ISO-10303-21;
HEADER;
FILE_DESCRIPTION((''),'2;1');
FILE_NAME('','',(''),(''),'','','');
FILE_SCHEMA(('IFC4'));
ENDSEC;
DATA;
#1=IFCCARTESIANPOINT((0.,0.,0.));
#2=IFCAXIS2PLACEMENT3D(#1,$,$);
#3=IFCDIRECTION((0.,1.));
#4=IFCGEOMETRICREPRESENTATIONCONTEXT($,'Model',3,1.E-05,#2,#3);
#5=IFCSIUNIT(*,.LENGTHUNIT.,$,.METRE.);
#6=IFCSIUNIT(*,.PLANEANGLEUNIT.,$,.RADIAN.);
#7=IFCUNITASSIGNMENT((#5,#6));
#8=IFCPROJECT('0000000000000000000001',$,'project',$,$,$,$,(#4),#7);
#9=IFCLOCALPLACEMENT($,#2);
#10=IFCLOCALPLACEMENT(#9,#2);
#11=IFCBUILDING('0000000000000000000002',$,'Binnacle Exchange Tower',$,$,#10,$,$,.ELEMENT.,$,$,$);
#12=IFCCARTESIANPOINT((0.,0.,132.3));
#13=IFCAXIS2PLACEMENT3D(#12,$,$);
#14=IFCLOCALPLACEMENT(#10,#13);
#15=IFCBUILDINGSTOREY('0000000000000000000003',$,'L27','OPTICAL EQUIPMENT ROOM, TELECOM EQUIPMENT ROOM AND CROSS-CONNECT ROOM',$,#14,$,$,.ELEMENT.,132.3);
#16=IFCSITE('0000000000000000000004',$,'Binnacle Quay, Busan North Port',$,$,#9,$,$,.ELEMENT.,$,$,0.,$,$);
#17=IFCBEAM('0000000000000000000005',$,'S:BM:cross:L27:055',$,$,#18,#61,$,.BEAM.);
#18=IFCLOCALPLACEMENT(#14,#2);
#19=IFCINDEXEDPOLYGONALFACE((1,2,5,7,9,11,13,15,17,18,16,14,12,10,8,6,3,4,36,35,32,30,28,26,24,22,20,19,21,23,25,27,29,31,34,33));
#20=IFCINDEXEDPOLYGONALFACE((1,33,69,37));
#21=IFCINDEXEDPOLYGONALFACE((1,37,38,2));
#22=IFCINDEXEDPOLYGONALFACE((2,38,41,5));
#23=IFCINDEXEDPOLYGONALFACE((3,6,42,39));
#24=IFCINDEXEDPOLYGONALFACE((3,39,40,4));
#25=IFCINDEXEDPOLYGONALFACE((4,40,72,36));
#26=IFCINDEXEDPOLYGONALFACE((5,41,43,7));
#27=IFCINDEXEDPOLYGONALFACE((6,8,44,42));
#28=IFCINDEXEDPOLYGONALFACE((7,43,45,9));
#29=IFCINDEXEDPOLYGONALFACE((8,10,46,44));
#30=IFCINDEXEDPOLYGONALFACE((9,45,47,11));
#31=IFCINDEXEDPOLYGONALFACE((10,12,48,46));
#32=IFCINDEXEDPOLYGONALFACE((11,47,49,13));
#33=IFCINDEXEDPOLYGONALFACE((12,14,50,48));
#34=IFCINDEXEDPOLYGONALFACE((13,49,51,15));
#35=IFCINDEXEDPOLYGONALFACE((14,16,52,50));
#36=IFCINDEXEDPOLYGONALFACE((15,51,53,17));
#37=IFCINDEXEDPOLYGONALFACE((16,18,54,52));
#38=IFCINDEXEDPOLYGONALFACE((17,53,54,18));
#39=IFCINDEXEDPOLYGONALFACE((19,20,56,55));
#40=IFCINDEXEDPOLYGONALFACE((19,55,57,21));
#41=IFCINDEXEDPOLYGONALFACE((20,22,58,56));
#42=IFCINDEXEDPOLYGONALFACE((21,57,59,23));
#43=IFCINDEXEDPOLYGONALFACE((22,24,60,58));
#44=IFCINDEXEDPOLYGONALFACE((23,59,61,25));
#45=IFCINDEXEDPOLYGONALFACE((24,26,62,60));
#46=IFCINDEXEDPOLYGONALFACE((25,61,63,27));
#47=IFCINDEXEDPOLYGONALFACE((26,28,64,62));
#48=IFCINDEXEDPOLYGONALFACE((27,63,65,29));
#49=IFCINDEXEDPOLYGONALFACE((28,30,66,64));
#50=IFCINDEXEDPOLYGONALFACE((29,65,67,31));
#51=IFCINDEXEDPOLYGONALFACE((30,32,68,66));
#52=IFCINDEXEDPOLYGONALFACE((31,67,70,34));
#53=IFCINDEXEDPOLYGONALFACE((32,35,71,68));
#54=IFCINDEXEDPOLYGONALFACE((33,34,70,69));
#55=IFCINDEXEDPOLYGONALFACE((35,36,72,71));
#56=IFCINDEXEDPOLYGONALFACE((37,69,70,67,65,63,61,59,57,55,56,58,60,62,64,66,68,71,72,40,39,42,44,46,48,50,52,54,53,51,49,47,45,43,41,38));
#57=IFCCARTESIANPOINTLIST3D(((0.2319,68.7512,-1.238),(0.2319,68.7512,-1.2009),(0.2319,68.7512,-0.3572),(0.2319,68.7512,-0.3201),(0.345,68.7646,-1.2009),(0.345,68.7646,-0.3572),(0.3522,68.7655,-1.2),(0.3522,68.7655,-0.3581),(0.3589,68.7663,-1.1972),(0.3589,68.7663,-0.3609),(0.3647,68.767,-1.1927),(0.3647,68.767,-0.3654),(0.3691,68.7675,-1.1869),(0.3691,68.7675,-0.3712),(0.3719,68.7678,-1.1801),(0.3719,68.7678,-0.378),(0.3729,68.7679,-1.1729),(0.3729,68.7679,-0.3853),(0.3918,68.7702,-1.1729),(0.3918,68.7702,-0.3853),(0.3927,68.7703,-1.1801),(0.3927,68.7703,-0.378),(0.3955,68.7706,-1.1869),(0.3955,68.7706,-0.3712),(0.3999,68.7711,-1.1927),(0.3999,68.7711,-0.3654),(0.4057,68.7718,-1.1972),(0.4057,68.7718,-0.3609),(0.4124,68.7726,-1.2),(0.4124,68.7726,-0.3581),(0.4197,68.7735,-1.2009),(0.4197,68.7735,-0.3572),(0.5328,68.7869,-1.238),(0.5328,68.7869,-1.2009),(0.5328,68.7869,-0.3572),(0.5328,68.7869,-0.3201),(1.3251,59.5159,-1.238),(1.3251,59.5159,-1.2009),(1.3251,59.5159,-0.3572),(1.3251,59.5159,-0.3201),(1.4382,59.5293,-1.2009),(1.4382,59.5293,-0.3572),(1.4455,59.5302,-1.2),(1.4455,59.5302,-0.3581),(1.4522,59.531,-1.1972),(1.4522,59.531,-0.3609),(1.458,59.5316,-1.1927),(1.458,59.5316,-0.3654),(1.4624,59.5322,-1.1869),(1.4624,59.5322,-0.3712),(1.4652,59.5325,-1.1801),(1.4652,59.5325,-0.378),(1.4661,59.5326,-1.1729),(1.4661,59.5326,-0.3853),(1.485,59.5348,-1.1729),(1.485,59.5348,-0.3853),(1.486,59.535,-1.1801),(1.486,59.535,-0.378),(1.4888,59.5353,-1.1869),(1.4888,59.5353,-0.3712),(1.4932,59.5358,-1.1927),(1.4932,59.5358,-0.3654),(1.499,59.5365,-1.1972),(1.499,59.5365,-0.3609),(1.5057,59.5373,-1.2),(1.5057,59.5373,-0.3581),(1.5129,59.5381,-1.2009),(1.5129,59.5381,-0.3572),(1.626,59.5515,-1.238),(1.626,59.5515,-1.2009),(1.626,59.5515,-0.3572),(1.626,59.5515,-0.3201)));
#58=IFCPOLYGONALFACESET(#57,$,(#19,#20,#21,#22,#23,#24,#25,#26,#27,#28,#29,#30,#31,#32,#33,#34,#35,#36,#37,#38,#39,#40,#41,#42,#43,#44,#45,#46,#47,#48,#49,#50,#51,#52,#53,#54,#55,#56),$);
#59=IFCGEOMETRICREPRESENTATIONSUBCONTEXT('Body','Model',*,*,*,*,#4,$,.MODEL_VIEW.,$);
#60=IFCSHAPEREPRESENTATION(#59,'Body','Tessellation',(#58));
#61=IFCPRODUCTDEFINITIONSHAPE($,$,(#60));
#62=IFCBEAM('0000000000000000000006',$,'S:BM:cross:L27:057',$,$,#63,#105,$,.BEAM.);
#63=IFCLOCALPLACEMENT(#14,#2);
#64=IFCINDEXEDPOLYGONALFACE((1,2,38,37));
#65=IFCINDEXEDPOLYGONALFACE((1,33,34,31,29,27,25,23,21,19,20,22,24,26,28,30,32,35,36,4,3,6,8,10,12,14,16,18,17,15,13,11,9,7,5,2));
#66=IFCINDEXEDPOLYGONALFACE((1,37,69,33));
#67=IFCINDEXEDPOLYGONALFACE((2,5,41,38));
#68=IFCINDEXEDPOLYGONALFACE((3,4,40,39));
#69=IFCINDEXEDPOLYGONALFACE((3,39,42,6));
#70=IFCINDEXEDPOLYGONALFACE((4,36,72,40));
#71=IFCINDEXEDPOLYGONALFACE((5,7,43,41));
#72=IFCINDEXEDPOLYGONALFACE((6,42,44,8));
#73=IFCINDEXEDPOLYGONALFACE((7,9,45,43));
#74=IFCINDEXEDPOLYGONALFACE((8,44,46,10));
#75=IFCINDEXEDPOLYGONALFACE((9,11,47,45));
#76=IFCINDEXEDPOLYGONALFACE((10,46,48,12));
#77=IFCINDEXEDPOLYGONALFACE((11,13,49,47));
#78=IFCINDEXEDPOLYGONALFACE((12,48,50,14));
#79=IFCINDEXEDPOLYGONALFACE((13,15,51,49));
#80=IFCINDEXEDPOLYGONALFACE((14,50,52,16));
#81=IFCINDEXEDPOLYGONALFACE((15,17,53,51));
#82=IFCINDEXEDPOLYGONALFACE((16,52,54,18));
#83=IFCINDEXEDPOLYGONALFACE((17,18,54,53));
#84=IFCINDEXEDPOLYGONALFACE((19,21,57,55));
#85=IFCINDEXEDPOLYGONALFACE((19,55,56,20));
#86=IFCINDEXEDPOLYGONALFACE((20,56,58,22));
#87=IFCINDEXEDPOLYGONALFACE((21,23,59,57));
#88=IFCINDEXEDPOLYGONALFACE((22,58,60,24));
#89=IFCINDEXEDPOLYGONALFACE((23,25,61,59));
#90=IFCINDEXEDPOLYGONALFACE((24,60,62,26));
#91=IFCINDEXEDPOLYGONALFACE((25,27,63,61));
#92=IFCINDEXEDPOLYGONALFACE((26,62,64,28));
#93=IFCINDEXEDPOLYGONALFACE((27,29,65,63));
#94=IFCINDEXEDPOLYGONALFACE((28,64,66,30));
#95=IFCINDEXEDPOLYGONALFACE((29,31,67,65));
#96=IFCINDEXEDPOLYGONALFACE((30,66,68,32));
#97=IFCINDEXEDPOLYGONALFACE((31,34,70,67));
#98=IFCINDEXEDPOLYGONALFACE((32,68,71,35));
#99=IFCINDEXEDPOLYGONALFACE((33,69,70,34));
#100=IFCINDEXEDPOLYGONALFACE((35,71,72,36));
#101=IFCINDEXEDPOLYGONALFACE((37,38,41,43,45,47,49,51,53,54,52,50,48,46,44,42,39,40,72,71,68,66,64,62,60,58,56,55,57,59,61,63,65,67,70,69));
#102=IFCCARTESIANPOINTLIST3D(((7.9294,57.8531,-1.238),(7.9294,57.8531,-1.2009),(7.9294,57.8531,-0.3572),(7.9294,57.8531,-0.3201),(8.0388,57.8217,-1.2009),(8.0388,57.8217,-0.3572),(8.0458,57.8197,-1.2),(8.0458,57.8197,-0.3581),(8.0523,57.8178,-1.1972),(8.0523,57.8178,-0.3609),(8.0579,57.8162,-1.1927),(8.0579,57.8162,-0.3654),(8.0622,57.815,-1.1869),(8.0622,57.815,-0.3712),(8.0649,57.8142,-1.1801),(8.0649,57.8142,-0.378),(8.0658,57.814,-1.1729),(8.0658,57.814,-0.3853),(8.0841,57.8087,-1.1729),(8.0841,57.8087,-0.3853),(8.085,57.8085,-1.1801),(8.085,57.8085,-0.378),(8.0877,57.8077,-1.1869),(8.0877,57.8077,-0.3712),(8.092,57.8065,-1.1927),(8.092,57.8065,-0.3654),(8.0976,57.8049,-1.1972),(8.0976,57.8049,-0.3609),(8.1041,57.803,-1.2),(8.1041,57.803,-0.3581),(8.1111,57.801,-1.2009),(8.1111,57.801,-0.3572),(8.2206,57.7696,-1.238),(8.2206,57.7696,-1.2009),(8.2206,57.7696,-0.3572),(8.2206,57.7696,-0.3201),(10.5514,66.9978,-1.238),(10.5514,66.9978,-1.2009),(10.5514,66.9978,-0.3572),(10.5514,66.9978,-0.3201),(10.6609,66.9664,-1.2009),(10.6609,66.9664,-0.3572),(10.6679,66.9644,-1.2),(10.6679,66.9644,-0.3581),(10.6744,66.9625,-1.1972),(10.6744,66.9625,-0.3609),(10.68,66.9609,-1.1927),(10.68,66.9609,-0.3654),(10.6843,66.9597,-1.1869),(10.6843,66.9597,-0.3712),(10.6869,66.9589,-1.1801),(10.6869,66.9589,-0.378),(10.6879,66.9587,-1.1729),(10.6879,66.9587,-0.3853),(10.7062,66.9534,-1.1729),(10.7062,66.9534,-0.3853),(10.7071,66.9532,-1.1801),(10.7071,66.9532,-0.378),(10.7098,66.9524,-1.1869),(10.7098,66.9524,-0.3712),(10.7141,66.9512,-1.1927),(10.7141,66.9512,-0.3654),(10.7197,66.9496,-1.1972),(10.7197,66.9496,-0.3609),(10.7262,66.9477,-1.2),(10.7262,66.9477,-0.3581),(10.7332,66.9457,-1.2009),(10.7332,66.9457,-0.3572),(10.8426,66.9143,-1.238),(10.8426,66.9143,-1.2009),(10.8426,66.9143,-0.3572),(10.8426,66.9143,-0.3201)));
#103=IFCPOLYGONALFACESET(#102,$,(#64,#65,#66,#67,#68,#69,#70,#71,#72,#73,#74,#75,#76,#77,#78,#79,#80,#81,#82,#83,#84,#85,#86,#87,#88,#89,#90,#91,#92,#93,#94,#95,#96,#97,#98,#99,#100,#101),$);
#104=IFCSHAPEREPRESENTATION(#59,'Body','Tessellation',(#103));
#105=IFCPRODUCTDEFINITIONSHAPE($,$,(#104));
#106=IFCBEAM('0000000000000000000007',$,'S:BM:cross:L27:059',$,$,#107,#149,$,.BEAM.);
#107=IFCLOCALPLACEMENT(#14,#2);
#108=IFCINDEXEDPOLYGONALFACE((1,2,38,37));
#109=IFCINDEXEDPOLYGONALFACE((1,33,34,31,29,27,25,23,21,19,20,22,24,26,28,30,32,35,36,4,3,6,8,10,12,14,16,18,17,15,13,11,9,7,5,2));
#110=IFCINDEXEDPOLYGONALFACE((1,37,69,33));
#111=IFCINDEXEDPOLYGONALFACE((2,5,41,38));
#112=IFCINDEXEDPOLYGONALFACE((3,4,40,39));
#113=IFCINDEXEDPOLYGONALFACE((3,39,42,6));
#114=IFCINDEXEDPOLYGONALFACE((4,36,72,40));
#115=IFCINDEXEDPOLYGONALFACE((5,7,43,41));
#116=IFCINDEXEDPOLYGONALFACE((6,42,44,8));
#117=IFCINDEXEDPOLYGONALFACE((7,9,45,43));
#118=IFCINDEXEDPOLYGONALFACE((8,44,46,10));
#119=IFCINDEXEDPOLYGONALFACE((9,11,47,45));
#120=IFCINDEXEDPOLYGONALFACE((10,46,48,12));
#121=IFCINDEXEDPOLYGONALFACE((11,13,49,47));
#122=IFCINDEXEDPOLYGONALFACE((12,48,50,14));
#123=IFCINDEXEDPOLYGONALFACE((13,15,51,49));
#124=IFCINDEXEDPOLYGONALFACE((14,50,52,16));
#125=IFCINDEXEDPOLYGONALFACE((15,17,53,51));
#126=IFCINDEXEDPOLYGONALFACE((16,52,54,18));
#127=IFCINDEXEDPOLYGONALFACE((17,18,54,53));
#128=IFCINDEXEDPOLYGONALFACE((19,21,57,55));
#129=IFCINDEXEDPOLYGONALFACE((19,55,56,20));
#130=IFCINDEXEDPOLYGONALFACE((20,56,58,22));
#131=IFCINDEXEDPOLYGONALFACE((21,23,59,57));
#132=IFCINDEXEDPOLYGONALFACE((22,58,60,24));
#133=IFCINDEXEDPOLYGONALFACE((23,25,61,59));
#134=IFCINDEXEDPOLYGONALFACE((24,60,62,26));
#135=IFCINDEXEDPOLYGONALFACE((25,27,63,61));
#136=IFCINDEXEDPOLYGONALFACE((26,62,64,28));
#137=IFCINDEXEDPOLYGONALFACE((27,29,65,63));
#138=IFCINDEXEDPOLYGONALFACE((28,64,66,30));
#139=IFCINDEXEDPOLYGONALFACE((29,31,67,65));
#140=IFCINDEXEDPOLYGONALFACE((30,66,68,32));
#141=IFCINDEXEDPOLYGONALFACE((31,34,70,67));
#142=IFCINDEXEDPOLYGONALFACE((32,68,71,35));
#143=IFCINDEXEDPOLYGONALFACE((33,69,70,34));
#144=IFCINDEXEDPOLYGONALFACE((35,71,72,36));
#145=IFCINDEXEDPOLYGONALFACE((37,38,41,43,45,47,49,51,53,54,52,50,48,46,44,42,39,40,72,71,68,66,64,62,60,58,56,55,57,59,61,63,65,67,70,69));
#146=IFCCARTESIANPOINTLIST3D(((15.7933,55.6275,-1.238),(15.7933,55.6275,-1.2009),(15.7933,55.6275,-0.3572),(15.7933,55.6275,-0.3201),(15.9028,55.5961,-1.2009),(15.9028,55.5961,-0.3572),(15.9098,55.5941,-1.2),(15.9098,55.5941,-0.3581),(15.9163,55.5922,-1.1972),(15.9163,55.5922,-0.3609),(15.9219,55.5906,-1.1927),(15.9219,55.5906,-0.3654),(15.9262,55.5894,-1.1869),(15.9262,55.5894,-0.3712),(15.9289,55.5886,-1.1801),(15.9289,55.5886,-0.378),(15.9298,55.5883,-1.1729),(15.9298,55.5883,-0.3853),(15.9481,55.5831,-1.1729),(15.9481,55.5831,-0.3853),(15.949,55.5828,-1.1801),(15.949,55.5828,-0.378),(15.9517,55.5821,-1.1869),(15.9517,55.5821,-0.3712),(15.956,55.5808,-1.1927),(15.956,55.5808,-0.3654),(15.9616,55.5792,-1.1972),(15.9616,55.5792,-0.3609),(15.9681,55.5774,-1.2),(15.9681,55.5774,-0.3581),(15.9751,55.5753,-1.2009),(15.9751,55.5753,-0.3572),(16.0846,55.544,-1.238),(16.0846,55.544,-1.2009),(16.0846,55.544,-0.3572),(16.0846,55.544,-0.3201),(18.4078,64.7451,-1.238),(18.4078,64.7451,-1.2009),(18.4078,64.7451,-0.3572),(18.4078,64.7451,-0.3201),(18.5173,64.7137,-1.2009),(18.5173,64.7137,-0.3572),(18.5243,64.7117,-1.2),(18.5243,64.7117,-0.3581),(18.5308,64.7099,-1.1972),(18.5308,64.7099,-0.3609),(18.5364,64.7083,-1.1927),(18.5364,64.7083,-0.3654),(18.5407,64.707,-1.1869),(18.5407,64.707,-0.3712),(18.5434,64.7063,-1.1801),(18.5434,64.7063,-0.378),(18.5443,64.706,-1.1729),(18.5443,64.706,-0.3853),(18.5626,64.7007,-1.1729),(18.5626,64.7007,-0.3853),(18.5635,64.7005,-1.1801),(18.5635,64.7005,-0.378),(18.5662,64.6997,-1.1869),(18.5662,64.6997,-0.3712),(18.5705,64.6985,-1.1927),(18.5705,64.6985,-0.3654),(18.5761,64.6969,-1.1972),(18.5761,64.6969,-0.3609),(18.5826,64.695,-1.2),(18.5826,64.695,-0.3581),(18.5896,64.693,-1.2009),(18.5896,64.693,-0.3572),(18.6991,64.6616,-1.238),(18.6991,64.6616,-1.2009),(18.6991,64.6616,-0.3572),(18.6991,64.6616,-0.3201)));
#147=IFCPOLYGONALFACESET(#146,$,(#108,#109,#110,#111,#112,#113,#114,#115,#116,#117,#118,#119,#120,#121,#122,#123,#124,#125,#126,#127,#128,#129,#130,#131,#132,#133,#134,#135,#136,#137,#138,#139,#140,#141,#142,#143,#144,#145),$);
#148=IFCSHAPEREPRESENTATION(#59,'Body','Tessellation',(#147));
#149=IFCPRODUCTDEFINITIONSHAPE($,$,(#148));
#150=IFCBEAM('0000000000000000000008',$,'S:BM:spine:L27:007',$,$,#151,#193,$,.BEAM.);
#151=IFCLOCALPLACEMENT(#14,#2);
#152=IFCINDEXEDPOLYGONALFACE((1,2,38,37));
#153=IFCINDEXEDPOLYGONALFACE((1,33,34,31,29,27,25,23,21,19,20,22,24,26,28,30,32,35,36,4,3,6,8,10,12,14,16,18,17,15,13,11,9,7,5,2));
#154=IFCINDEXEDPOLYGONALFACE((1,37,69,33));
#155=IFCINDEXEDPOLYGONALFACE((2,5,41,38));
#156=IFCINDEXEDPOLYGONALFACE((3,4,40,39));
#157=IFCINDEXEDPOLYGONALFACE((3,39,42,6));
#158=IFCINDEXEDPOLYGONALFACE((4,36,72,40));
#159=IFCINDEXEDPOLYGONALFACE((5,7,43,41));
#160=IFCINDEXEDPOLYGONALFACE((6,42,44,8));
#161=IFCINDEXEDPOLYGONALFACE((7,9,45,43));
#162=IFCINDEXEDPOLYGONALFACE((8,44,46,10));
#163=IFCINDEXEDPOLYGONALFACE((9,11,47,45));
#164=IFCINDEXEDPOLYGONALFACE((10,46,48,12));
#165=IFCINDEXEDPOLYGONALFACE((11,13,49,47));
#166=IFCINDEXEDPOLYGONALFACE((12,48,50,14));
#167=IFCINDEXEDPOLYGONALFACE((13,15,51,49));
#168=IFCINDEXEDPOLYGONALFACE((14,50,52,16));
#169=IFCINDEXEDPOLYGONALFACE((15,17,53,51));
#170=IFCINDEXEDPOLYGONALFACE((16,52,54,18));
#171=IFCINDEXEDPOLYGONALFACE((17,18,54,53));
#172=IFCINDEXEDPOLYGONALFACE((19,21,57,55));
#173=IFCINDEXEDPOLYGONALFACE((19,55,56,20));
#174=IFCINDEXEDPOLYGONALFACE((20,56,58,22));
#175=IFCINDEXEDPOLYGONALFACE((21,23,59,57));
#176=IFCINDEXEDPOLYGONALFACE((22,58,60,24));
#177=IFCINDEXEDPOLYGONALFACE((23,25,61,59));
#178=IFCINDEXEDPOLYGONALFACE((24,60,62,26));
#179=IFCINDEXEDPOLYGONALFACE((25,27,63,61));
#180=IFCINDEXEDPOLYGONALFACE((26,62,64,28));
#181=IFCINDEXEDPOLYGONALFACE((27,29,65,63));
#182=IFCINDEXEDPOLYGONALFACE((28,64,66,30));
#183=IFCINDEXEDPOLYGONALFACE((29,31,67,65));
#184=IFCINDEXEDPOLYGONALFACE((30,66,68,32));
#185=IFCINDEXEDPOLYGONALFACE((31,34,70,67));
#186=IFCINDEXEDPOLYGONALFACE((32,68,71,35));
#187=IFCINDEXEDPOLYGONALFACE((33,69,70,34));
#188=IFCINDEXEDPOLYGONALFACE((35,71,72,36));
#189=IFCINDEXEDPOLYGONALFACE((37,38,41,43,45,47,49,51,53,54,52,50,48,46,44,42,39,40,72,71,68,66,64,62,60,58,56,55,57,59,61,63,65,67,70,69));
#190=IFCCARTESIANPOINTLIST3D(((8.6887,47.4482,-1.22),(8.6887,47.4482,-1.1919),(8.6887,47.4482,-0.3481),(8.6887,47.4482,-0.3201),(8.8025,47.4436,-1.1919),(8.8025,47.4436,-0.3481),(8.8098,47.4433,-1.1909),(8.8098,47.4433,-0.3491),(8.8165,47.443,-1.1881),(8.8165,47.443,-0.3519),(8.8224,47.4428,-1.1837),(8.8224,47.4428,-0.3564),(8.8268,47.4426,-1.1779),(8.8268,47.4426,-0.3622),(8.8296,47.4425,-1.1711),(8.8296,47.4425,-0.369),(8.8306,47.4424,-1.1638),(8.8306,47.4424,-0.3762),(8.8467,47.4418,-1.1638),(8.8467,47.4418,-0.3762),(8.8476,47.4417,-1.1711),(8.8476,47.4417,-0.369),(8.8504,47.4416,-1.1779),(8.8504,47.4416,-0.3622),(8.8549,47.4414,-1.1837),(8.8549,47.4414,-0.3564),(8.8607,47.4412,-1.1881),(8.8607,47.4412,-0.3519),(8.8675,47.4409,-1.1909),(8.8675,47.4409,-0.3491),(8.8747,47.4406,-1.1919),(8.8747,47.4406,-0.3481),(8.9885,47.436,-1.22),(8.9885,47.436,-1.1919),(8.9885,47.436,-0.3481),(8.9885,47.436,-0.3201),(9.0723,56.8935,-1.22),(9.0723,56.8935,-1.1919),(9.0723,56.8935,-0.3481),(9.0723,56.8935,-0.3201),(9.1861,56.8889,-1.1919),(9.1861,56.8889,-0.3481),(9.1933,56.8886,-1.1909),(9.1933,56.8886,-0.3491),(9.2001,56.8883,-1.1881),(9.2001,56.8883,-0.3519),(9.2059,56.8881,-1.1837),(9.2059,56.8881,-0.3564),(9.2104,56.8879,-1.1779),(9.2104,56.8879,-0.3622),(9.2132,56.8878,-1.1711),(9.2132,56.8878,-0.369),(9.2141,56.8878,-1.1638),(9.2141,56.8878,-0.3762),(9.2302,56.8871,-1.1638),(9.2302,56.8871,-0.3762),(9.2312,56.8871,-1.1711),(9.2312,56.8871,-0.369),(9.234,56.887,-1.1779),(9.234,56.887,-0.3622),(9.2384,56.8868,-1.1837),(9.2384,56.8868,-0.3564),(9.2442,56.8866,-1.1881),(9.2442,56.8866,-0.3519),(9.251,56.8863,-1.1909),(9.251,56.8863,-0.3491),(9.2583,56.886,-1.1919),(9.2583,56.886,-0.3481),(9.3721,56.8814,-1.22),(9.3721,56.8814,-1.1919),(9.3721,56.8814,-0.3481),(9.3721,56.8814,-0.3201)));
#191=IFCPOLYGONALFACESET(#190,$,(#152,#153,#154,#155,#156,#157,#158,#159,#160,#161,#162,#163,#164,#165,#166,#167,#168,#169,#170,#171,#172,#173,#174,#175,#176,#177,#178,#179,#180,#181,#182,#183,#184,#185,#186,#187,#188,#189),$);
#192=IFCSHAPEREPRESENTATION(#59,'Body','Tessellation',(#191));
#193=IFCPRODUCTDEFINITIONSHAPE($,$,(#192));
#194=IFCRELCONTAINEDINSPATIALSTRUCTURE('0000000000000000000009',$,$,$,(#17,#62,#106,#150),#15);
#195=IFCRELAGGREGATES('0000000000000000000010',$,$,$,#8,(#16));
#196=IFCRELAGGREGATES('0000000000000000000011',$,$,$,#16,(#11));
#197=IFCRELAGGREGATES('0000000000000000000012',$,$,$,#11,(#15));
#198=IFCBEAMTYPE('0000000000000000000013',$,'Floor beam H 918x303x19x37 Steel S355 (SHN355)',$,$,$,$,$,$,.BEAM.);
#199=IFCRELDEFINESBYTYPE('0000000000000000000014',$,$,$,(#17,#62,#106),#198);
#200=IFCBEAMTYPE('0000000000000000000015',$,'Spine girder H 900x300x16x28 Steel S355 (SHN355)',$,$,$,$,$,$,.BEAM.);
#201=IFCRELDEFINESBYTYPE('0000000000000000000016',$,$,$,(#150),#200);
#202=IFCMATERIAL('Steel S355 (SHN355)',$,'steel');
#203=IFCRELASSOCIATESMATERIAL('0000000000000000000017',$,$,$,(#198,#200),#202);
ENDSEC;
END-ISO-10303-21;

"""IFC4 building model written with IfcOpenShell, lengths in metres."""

from ifc_helpers import new_model, si_unit, direction, frame, origin, origin_2d, place, context, subcontext, project, spatial, i_section, extrude, material, material_profile, profile_set, type_object, element, save


model = new_model("IFC4")

# Units and contexts
model_context = context("Model", 3, precision=1e-05, world=origin(), true_north=direction((0.0, 1.0)))
body_context = subcontext(model_context, "Body", "Model", "MODEL_VIEW")
ifc_project = project(units=[si_unit("LENGTHUNIT", "METRE"), si_unit("PLANEANGLEUNIT", "RADIAN")], contexts=[model_context])

# Site, building, storey
site_placement = place(None, origin())
site = spatial("IfcSite", under=ifc_project, at=site_placement, Name="Binnacle Quay, Busan North Port", CompositionType="ELEMENT", RefElevation=0.0)
building_placement = place(site_placement, origin())
building = spatial("IfcBuilding", under=site, at=building_placement, Name="Binnacle Exchange Tower", CompositionType="ELEMENT")
storey_placement = place(building_placement, frame((0.0, 0.0, 132.3)))
storey = spatial("IfcBuildingStorey", under=building, at=storey_placement, Name="L27", Description="OPTICAL EQUIPMENT ROOM, TELECOM EQUIPMENT ROOM AND CROSS-CONNECT ROOM", CompositionType="ELEMENT", Elevation=132.3)

# Beams
ifc_material_1 = material(Name="Steel S355 (SHN355)", Category="steel")
ifc_material_profile_1 = material_profile(ifc_material_1, i_section(OverallWidth=0.303, OverallDepth=0.918, WebThickness=0.019, FlangeThickness=0.0371, FilletRadius=0.0281, at=origin_2d()), Name="H 918x303x19x37")
ifc_profile_set_1 = profile_set([ifc_material_profile_1], Name="Steel S355 (SHN355)")
beam_type_1 = type_object("IfcBeamType", Name="Floor beam H 918x303x19x37 Steel S355 (SHN355)", PredefinedType="BEAM", material=ifc_profile_set_1)
beam_1_placement = place(storey_placement, frame((0.3823, 68.769, -0.7791), z_axis=(0.117557, -0.993066, 0.0), x_axis=(0.993066, 0.117557, 0.0)))
element("IfcBeam", 1, at=beam_1_placement, inside=storey, type_object=beam_type_1, Name="S:BM:cross:L27:055", PredefinedType="BEAM", context=body_context, shape_type="SweptSolid", body=[
    extrude(i_section(OverallWidth=0.303, OverallDepth=0.918, WebThickness=0.019, FlangeThickness=0.0371, FilletRadius=0.0281, at=origin_2d()), origin(), (0.0, 0.0, 1.0), 9.2998),
])
beam_2_placement = place(storey_placement, frame((10.697, 66.9561, -0.7791), z_axis=(-0.275623, -0.961266, 0.0), x_axis=(0.961266, -0.275623, 0.0)))
element("IfcBeam", 2, at=beam_2_placement, inside=storey, type_object=beam_type_1, Name="S:BM:cross:L27:057", PredefinedType="BEAM", context=body_context, shape_type="SweptSolid", body=[
    extrude(i_section(OverallWidth=0.303, OverallDepth=0.918, WebThickness=0.019, FlangeThickness=0.0371, FilletRadius=0.0281, at=origin_2d()), origin(), (0.0, 0.0, 1.0), 9.5132),
])
beam_3_placement = place(storey_placement, frame((18.5535, 64.7034, -0.7791), z_axis=(-0.275642, -0.96126, 0.0), x_axis=(0.96126, -0.275642, 0.0)))
element("IfcBeam", 3, at=beam_3_placement, inside=storey, type_object=beam_type_1, Name="S:BM:cross:L27:059", PredefinedType="BEAM", context=body_context, shape_type="SweptSolid", body=[
    extrude(i_section(OverallWidth=0.303, OverallDepth=0.918, WebThickness=0.019, FlangeThickness=0.0371, FilletRadius=0.0281, at=origin_2d()), origin(), (0.0, 0.0, 1.0), 9.4851),
])
ifc_material_profile_2 = material_profile(ifc_material_1, i_section(OverallWidth=0.3, OverallDepth=0.8999, WebThickness=0.0161, FlangeThickness=0.0281, FilletRadius=0.0281, at=origin_2d()), Name="H 900x300x16x28")
ifc_profile_set_2 = profile_set([ifc_material_profile_2], Name="Steel S355 (SHN355)")
beam_type_2 = type_object("IfcBeamType", Name="Spine girder H 900x300x16x28 Steel S355 (SHN355)", PredefinedType="BEAM", material=ifc_profile_set_2)
beam_4_placement = place(storey_placement, frame((9.2222, 56.8875, -0.77), z_axis=(-0.040573, -0.999177, 0.0), x_axis=(0.999177, -0.040573, 0.0)))
element("IfcBeam", 4, at=beam_4_placement, inside=storey, type_object=beam_type_2, Name="S:BM:spine:L27:007", PredefinedType="BEAM", context=body_context, shape_type="SweptSolid", body=[
    extrude(i_section(OverallWidth=0.3, OverallDepth=0.8999, WebThickness=0.0161, FlangeThickness=0.0281, FilletRadius=0.0281, at=origin_2d()), origin(), (0.0, 0.0, 1.0), 9.4531),
])

save(model, "model.ifc")
